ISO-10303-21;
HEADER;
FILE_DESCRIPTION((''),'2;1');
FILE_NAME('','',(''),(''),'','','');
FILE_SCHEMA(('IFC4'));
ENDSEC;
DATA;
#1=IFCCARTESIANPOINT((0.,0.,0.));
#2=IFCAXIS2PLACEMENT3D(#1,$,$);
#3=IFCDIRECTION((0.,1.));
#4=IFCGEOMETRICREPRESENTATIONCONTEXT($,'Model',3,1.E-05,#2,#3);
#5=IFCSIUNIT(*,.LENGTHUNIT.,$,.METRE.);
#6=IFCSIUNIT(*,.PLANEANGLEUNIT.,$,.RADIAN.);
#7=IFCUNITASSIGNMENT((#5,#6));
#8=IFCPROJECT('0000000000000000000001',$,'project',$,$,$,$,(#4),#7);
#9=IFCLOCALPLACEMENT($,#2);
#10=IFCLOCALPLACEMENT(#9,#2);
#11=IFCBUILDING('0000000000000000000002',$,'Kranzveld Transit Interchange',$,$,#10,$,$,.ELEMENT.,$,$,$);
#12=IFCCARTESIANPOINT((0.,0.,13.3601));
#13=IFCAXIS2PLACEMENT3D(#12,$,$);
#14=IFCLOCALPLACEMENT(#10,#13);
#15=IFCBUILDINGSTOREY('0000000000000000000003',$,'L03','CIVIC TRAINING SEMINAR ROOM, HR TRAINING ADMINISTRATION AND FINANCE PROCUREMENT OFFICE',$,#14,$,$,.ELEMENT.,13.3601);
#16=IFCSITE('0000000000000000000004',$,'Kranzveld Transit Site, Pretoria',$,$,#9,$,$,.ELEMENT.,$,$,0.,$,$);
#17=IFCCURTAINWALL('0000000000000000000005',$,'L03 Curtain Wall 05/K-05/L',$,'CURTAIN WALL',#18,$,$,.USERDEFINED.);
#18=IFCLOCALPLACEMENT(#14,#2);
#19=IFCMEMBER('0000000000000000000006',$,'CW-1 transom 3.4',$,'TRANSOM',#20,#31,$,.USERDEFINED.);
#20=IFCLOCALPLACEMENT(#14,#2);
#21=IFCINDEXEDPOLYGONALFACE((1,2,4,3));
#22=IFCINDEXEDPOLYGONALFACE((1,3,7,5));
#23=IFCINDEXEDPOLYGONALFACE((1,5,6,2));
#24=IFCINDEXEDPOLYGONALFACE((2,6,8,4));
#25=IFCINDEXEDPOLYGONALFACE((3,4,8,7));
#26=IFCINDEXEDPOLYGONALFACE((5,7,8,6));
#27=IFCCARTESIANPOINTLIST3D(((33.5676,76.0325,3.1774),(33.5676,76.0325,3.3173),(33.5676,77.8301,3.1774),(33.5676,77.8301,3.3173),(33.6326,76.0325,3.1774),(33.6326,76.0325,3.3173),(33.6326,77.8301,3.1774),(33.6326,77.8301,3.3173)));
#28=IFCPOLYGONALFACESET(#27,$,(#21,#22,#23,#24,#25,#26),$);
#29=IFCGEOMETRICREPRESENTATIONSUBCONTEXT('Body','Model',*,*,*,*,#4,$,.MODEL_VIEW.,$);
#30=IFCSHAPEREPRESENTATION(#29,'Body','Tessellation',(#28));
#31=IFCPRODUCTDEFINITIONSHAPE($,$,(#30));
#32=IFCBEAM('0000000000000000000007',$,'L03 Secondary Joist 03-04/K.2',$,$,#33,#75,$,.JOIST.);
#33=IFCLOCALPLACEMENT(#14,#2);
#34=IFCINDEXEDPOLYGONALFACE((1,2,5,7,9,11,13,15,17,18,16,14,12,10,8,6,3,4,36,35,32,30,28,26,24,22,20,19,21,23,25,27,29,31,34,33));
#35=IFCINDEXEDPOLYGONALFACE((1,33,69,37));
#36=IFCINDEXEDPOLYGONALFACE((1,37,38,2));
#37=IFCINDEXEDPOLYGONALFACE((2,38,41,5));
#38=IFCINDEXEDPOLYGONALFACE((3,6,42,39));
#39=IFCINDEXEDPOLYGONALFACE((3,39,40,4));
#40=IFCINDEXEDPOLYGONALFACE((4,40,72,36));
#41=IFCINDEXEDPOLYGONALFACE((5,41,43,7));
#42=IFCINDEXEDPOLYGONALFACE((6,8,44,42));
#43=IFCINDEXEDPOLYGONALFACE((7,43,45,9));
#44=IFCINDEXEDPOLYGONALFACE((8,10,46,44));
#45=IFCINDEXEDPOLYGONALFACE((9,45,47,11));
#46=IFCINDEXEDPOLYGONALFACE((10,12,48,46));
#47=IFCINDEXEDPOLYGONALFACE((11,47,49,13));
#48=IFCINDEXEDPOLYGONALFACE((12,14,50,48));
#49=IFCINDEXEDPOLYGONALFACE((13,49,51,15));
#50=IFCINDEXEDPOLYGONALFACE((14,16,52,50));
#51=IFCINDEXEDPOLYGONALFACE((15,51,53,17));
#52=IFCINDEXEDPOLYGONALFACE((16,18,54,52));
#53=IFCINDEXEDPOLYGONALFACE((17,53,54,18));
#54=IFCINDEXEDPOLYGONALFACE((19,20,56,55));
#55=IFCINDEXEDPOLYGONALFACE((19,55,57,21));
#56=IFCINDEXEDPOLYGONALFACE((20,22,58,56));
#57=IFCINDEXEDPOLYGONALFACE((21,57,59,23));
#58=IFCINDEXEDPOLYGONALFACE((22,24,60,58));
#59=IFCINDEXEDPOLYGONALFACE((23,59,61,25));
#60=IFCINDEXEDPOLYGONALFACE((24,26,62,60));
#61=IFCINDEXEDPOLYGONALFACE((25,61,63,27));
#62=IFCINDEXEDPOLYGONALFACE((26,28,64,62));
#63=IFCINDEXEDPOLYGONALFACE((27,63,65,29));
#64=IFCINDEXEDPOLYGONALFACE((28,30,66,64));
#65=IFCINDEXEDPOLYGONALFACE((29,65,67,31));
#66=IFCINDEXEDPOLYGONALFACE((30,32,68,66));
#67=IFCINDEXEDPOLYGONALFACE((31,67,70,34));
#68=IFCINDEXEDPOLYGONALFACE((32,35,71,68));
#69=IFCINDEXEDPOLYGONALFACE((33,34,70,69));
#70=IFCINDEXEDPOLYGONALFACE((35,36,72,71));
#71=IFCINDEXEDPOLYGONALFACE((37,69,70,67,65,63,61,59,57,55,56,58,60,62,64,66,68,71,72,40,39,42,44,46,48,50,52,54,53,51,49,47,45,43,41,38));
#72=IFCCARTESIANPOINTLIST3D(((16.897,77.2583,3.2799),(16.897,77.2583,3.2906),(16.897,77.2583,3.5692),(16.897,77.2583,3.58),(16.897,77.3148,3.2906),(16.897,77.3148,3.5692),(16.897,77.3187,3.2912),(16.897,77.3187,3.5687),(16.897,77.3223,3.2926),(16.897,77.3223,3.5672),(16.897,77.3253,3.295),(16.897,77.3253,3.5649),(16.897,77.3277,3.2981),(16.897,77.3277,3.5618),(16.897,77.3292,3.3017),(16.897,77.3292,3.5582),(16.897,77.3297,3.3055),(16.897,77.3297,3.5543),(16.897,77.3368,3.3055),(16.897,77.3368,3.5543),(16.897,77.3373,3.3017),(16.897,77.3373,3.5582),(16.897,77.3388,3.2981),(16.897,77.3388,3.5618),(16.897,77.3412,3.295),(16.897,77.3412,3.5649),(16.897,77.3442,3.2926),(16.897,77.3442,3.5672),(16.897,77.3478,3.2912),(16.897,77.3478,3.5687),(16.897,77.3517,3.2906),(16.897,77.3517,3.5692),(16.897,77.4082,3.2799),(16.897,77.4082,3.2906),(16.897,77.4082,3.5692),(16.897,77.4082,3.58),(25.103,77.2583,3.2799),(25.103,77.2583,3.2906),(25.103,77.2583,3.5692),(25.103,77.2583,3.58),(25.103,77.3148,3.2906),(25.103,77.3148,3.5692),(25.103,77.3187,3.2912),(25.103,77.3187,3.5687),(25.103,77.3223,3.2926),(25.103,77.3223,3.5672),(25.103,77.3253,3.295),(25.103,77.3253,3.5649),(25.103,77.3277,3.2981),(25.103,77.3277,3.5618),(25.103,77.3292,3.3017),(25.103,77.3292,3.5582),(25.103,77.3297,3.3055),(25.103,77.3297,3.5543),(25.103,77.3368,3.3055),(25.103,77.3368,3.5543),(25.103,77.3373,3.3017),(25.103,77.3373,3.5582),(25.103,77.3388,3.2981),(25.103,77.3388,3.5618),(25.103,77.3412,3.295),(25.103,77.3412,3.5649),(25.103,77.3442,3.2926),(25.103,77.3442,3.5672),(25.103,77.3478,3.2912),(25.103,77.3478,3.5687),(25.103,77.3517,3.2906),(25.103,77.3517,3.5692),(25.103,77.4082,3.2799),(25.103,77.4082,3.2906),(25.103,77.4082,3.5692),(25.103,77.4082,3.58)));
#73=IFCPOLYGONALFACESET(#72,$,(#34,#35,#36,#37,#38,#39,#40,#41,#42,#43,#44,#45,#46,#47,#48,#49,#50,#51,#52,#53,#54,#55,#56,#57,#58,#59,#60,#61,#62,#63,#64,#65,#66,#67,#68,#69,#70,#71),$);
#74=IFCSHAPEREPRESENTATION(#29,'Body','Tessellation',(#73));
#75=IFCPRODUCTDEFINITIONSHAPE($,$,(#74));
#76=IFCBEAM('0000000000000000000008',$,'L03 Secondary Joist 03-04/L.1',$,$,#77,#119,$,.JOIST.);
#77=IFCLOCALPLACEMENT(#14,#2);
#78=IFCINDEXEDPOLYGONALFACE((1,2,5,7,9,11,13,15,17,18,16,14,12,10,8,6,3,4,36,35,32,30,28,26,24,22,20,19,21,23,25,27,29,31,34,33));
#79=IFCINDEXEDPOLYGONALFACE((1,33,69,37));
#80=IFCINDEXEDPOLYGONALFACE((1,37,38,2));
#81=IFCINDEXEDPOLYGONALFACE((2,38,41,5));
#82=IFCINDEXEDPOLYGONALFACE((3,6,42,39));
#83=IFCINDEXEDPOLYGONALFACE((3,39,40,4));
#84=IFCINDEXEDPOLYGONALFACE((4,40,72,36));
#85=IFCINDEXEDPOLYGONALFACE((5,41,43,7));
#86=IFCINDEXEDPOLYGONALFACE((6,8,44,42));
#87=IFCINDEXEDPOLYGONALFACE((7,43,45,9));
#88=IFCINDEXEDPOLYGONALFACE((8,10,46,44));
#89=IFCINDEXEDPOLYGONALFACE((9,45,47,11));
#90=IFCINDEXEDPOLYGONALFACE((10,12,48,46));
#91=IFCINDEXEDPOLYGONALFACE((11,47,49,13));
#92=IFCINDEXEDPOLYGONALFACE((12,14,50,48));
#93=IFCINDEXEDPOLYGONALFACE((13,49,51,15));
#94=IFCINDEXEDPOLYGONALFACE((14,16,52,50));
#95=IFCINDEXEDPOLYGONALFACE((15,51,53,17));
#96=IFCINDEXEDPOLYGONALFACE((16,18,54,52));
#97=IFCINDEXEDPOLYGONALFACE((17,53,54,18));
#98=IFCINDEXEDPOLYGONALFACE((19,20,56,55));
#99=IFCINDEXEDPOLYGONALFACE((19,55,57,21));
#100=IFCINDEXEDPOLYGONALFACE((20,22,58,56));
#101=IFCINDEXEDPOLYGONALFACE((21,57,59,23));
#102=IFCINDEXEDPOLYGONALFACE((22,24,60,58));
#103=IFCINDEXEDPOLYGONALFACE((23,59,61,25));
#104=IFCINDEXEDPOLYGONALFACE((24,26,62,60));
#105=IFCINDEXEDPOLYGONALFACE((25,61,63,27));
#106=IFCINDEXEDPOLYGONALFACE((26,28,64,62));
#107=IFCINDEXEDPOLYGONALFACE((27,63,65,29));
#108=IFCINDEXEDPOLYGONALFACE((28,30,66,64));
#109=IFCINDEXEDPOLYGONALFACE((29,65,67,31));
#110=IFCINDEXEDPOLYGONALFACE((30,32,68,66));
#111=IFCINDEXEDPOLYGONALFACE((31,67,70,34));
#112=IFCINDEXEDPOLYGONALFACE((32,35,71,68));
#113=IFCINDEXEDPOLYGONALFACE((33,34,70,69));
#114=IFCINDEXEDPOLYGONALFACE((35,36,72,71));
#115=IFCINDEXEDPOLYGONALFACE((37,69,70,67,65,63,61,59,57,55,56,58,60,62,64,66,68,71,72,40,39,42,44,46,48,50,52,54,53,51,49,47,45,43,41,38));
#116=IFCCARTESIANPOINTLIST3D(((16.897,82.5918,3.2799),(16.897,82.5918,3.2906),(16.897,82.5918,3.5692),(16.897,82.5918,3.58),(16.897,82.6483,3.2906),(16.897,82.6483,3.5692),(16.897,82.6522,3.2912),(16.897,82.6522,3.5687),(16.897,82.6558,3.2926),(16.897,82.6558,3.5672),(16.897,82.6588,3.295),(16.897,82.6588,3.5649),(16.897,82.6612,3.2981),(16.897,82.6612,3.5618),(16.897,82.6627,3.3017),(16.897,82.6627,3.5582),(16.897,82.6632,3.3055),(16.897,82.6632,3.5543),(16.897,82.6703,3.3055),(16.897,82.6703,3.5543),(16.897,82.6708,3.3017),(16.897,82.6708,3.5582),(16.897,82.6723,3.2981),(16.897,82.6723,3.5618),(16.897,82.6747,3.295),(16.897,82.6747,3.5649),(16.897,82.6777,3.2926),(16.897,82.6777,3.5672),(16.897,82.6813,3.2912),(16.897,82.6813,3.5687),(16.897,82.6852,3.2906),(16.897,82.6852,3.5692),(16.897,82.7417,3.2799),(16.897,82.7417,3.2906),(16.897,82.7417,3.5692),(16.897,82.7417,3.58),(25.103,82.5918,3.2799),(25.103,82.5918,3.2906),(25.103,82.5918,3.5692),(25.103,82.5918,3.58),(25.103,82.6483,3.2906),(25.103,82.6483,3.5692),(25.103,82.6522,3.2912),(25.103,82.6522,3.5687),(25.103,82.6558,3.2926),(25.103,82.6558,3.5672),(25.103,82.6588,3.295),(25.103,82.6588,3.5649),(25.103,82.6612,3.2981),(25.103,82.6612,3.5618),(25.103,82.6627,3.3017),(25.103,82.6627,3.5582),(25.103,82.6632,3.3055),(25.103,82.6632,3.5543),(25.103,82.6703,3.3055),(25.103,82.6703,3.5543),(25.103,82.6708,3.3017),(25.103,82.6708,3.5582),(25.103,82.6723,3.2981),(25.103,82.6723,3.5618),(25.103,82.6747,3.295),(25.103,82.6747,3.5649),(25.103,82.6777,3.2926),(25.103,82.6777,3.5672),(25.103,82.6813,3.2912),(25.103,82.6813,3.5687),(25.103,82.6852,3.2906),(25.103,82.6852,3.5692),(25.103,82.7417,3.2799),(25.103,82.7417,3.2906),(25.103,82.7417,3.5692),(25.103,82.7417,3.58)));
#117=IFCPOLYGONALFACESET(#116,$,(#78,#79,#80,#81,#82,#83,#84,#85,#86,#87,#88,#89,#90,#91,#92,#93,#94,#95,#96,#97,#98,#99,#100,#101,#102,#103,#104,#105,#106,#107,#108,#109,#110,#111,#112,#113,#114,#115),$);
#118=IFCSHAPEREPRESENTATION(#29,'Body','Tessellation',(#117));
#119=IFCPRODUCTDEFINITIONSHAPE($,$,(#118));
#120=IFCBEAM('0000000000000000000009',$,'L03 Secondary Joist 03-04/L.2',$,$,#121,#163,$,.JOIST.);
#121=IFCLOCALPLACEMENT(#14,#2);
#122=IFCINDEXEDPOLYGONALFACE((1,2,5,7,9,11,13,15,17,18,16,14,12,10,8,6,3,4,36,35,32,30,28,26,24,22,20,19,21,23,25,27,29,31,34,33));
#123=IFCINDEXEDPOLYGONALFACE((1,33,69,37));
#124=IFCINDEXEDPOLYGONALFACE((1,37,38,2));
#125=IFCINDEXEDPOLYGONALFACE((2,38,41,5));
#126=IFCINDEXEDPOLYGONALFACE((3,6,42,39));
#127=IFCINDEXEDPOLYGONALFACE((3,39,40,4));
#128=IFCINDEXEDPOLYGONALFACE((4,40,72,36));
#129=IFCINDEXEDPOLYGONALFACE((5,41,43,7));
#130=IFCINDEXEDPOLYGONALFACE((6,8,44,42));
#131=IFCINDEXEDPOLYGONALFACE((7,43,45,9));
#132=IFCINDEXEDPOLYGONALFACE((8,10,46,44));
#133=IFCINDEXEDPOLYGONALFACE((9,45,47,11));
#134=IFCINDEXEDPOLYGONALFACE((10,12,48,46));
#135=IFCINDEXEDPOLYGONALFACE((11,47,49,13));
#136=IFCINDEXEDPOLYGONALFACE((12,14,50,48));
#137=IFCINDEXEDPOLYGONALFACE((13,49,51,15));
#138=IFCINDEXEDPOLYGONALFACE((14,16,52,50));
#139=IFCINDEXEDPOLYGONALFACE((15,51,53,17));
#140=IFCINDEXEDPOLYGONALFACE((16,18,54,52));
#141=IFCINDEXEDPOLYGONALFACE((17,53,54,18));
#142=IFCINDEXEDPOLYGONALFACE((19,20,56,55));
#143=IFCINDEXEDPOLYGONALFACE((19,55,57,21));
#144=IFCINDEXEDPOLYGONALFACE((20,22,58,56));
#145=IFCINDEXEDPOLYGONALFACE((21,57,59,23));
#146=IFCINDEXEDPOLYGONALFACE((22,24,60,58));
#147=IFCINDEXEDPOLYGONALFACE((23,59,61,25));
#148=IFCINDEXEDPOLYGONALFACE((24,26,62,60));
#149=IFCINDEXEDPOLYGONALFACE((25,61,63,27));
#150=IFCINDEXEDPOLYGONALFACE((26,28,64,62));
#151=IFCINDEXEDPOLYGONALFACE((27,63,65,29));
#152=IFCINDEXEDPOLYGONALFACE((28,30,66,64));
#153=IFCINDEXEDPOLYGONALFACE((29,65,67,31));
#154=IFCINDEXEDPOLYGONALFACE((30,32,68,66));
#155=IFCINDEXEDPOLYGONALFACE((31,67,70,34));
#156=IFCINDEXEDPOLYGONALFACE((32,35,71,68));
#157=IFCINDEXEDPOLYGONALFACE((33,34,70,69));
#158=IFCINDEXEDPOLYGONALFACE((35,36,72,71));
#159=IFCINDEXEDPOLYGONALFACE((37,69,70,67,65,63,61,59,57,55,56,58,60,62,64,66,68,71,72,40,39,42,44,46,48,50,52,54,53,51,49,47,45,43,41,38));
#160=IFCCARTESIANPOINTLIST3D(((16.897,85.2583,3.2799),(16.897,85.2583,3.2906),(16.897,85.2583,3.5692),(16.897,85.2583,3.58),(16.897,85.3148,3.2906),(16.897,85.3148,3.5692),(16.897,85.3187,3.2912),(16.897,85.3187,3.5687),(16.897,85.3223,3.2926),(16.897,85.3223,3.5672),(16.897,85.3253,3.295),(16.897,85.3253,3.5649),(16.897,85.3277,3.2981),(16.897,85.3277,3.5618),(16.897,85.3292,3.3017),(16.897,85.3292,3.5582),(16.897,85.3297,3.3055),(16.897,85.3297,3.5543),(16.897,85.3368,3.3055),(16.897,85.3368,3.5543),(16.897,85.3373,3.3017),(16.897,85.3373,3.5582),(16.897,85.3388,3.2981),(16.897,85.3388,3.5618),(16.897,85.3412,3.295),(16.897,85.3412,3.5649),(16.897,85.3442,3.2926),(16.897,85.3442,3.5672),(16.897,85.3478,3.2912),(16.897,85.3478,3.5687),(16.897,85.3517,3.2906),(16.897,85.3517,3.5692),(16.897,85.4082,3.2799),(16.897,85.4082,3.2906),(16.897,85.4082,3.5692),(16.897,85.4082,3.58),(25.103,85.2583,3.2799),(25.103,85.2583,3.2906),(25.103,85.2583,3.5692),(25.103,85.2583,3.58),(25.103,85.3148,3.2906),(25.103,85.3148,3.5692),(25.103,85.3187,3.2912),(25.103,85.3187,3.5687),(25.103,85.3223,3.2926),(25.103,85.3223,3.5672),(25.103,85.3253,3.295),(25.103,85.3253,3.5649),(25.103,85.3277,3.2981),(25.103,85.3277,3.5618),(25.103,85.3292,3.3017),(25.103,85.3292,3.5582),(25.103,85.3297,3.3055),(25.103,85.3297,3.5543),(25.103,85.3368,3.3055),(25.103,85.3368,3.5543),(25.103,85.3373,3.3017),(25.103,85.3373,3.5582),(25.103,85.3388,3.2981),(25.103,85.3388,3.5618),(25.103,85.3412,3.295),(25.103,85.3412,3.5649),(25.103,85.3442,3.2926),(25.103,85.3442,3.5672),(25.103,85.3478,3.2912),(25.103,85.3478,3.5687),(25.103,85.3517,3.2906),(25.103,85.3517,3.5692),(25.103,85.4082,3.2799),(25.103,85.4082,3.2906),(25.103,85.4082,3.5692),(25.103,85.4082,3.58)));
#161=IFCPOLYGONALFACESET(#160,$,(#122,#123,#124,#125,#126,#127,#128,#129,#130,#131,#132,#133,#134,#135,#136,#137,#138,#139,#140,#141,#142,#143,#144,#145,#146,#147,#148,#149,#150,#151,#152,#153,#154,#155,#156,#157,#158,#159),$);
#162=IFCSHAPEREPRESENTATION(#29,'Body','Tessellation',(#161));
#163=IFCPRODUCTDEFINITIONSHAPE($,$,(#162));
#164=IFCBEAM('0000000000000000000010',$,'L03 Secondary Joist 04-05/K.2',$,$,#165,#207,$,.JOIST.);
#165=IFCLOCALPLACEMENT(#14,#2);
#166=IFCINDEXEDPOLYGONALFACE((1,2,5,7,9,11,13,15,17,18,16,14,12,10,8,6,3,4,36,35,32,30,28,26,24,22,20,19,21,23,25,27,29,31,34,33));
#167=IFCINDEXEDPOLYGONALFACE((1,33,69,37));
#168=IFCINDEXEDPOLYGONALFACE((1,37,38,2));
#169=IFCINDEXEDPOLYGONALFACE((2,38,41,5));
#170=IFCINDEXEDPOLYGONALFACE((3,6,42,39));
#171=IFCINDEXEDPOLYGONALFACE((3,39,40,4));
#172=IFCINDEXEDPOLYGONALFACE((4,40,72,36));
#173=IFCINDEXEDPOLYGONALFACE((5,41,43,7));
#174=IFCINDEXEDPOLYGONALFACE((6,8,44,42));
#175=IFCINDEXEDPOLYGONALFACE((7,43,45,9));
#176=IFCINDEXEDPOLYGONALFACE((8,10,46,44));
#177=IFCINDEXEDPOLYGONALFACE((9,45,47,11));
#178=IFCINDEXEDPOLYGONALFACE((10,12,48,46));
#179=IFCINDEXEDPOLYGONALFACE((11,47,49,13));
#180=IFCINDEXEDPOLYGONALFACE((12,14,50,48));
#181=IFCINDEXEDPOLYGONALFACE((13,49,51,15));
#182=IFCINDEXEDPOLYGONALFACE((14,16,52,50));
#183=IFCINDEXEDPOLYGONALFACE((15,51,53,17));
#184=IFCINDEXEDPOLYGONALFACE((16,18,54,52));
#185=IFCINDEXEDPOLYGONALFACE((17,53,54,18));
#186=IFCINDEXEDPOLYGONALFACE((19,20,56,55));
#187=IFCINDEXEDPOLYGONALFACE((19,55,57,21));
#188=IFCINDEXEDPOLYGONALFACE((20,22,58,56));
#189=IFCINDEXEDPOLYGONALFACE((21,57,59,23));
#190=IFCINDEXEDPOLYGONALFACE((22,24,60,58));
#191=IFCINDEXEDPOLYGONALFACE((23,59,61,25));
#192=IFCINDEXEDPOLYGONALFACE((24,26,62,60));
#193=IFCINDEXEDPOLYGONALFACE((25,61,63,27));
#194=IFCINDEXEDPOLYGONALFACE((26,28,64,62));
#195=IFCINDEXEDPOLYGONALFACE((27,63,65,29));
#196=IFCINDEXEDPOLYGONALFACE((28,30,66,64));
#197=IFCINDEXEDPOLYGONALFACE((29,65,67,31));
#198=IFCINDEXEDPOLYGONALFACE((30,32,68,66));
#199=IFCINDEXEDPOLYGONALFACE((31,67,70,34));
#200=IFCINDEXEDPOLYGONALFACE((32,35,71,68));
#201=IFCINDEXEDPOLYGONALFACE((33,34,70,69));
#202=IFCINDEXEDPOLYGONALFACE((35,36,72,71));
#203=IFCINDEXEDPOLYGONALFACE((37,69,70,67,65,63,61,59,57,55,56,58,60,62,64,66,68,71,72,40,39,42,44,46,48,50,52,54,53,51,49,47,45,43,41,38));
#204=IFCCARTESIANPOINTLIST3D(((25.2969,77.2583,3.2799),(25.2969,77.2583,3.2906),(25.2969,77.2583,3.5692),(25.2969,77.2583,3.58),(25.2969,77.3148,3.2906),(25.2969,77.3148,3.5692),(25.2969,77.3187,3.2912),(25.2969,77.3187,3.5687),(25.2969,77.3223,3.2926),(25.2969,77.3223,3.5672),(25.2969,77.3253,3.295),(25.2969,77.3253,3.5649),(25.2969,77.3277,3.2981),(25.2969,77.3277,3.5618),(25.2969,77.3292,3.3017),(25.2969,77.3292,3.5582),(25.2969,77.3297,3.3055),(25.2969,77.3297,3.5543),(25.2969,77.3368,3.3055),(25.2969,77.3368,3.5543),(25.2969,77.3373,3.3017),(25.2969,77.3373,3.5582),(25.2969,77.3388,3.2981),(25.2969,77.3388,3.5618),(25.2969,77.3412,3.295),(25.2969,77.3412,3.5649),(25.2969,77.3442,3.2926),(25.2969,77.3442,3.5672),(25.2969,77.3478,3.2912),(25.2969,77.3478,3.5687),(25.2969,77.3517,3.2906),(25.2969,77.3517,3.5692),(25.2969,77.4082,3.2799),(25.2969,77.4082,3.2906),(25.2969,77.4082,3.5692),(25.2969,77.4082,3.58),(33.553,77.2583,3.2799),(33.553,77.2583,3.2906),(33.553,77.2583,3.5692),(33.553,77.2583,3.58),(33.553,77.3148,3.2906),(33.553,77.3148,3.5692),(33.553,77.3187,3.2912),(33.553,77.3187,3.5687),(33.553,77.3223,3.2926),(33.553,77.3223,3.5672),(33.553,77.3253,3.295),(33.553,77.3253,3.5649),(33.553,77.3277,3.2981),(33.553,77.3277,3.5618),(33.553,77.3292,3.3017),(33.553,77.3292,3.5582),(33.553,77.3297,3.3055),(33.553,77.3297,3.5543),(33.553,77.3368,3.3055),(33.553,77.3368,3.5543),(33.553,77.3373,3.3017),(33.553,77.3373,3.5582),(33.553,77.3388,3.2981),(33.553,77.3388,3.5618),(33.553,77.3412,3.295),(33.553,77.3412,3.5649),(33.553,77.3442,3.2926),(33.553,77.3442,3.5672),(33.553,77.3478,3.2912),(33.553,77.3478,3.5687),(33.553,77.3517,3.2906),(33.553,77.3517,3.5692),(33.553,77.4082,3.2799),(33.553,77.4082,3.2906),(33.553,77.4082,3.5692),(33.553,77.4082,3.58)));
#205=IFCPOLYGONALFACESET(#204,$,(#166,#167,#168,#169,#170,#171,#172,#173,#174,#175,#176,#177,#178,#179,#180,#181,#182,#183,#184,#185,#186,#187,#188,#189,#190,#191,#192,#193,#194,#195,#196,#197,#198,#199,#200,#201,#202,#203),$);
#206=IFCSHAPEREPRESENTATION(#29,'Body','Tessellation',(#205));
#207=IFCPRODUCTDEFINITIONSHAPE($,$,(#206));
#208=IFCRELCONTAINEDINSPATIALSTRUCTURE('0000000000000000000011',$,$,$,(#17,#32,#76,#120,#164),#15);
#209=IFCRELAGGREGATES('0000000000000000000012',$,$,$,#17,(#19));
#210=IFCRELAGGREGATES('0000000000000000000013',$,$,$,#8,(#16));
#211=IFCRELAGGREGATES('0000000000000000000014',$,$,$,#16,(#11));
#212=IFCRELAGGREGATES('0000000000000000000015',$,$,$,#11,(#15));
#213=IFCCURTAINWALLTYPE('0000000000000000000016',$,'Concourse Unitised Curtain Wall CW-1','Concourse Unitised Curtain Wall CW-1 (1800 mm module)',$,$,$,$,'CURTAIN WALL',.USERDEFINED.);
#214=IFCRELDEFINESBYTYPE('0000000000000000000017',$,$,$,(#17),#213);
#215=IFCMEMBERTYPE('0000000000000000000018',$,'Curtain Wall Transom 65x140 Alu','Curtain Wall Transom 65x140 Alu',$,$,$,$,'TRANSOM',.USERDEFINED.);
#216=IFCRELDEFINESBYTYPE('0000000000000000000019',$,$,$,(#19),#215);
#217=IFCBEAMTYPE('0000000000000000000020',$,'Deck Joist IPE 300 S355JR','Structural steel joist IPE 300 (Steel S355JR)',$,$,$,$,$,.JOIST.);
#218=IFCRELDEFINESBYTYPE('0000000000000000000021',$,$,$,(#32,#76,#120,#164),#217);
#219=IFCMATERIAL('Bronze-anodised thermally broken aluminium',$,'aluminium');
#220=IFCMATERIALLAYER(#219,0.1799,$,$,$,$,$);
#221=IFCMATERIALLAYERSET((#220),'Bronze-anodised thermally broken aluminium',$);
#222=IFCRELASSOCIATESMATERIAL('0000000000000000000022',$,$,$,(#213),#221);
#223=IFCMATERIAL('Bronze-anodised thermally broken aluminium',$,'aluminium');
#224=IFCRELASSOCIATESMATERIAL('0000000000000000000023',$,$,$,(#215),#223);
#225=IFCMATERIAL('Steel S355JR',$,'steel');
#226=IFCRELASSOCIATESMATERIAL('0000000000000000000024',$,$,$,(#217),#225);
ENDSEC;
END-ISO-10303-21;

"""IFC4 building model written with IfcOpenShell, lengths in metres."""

from ifc_helpers import new_model, si_unit, direction, frame, origin, origin_2d, place, context, subcontext, project, spatial, rectangle, i_section, extrude, material, layer, layer_set, material_profile, profile_set, type_object, element, aggregate, save


model = new_model("IFC4")

# Units and contexts
model_context = context("Model", 3, precision=1e-05, world=origin(), true_north=direction((0.0, 1.0)))
body_context = subcontext(model_context, "Body", "Model", "MODEL_VIEW")
ifc_project = project(units=[si_unit("LENGTHUNIT", "METRE"), si_unit("PLANEANGLEUNIT", "RADIAN")], contexts=[model_context])

# Site, building, storey
site_placement = place(None, origin())
site = spatial("IfcSite", under=ifc_project, at=site_placement, Name="Kranzveld Transit Site, Pretoria", CompositionType="ELEMENT", RefElevation=0.0)
building_placement = place(site_placement, origin())
building = spatial("IfcBuilding", under=site, at=building_placement, Name="Kranzveld Transit Interchange", CompositionType="ELEMENT")
storey_placement = place(building_placement, frame((0.0, 0.0, 13.3601)))
storey = spatial("IfcBuildingStorey", under=building, at=storey_placement, Name="L03", Description="CIVIC TRAINING SEMINAR ROOM, HR TRAINING ADMINISTRATION AND FINANCE PROCUREMENT OFFICE", CompositionType="ELEMENT", Elevation=13.3601)

# Curtain wall, member
ifc_material_1 = material(Name="Bronze-anodised thermally broken aluminium", Category="aluminium")
ifc_layer_1 = layer(ifc_material_1, 0.1799)
ifc_layer_set_1 = layer_set([ifc_layer_1], Name="Bronze-anodised thermally broken aluminium")
curtain_wall_type = type_object("IfcCurtainWallType", Name="Concourse Unitised Curtain Wall CW-1", Description="Concourse Unitised Curtain Wall CW-1 (1800 mm module)", ElementType="CURTAIN WALL", PredefinedType="USERDEFINED", material=ifc_layer_set_1)
curtain_wall_placement = place(storey_placement, origin())
curtain_wall = element("IfcCurtainWall", 1, at=curtain_wall_placement, inside=storey, type_object=curtain_wall_type, Name="L03 Curtain Wall 05/K-05/L", ObjectType="CURTAIN WALL", PredefinedType="USERDEFINED")
ifc_material_2 = material(Name="Bronze-anodised thermally broken aluminium", Category="aluminium")
ifc_material_profile_1 = material_profile(ifc_material_2, rectangle(XDim=0.0649, YDim=0.1399, at=origin_2d()), Name="ALU TRANSOM 65x140")
ifc_profile_set_1 = profile_set([ifc_material_profile_1], Name="Bronze-anodised thermally broken aluminium")
member_type_1 = type_object("IfcMemberType", Name="Curtain Wall Transom 65x140 Alu", Description="Curtain Wall Transom 65x140 Alu", ElementType="TRANSOM", PredefinedType="USERDEFINED", material=ifc_profile_set_1)
member_1_placement = place(storey_placement, frame((33.6001, 76.0325, 3.2473), z_axis=(0.0, 1.0, 0.0), x_axis=(-1.0, 0.0, 0.0)))
member_1 = element("IfcMember", 2, at=member_1_placement, type_object=member_type_1, Name="CW-1 transom 3.4", ObjectType="TRANSOM", PredefinedType="USERDEFINED", context=body_context, shape_type="SweptSolid", body=[
    extrude(rectangle(XDim=0.0649, YDim=0.1399, at=origin_2d()), origin(), (0.0, 0.0, 1.0), 1.7976),
])

# Beams
ifc_material_3 = material(Name="Steel S355JR", Category="steel")
ifc_material_profile_2 = material_profile(ifc_material_3, i_section(OverallWidth=0.1499, OverallDepth=0.3, WebThickness=0.0071, FlangeThickness=0.0107, FilletRadius=0.0149, at=origin_2d()), Name="IPE 300")
ifc_profile_set_2 = profile_set([ifc_material_profile_2], Name="Steel S355JR")
beam_type_1 = type_object("IfcBeamType", Name="Deck Joist IPE 300 S355JR", Description="Structural steel joist IPE 300 (Steel S355JR)", PredefinedType="JOIST", material=ifc_profile_set_2)
for number, where, z_axis, x_axis, name in (
    (3, (16.897, 77.3333, 3.4299), (1.0, 0.0, 0.0), (0.0, 1.0, 0.0), "L03 Secondary Joist 03-04/K.2"),
    (4, (16.897, 82.6667, 3.4299), (1.0, 0.0, 0.0), (0.0, 1.0, 0.0), "L03 Secondary Joist 03-04/L.1"),
    (5, (16.897, 85.3333, 3.4299), (1.0, 0.0, 0.0), (0.0, 1.0, 0.0), "L03 Secondary Joist 03-04/L.2"),
):
    element("IfcBeam", number, at=place(storey_placement, frame(where, z_axis=z_axis, x_axis=x_axis)), inside=storey, type_object=beam_type_1, Name=name, PredefinedType="JOIST", context=body_context, shape_type="SweptSolid", body=[
        extrude(i_section(OverallWidth=0.1499, OverallDepth=0.3, WebThickness=0.0071, FlangeThickness=0.0107, FilletRadius=0.0149, at=origin_2d()), origin(), (0.0, 0.0, 1.0), 8.2061),
    ])
for number, where, z_axis, x_axis, name in (
    (6, (25.2969, 77.3333, 3.4299), (1.0, 0.0, 0.0), (0.0, 1.0, 0.0), "L03 Secondary Joist 04-05/K.2"),
):
    element("IfcBeam", number, at=place(storey_placement, frame(where, z_axis=z_axis, x_axis=x_axis)), inside=storey, type_object=beam_type_1, Name=name, PredefinedType="JOIST", context=body_context, shape_type="SweptSolid", body=[
        extrude(i_section(OverallWidth=0.1499, OverallDepth=0.3, WebThickness=0.0071, FlangeThickness=0.0107, FilletRadius=0.0149, at=origin_2d()), origin(), (0.0, 0.0, 1.0), 8.2561),
    ])

aggregate(curtain_wall, [member_1])

save(model, "model.ifc")
